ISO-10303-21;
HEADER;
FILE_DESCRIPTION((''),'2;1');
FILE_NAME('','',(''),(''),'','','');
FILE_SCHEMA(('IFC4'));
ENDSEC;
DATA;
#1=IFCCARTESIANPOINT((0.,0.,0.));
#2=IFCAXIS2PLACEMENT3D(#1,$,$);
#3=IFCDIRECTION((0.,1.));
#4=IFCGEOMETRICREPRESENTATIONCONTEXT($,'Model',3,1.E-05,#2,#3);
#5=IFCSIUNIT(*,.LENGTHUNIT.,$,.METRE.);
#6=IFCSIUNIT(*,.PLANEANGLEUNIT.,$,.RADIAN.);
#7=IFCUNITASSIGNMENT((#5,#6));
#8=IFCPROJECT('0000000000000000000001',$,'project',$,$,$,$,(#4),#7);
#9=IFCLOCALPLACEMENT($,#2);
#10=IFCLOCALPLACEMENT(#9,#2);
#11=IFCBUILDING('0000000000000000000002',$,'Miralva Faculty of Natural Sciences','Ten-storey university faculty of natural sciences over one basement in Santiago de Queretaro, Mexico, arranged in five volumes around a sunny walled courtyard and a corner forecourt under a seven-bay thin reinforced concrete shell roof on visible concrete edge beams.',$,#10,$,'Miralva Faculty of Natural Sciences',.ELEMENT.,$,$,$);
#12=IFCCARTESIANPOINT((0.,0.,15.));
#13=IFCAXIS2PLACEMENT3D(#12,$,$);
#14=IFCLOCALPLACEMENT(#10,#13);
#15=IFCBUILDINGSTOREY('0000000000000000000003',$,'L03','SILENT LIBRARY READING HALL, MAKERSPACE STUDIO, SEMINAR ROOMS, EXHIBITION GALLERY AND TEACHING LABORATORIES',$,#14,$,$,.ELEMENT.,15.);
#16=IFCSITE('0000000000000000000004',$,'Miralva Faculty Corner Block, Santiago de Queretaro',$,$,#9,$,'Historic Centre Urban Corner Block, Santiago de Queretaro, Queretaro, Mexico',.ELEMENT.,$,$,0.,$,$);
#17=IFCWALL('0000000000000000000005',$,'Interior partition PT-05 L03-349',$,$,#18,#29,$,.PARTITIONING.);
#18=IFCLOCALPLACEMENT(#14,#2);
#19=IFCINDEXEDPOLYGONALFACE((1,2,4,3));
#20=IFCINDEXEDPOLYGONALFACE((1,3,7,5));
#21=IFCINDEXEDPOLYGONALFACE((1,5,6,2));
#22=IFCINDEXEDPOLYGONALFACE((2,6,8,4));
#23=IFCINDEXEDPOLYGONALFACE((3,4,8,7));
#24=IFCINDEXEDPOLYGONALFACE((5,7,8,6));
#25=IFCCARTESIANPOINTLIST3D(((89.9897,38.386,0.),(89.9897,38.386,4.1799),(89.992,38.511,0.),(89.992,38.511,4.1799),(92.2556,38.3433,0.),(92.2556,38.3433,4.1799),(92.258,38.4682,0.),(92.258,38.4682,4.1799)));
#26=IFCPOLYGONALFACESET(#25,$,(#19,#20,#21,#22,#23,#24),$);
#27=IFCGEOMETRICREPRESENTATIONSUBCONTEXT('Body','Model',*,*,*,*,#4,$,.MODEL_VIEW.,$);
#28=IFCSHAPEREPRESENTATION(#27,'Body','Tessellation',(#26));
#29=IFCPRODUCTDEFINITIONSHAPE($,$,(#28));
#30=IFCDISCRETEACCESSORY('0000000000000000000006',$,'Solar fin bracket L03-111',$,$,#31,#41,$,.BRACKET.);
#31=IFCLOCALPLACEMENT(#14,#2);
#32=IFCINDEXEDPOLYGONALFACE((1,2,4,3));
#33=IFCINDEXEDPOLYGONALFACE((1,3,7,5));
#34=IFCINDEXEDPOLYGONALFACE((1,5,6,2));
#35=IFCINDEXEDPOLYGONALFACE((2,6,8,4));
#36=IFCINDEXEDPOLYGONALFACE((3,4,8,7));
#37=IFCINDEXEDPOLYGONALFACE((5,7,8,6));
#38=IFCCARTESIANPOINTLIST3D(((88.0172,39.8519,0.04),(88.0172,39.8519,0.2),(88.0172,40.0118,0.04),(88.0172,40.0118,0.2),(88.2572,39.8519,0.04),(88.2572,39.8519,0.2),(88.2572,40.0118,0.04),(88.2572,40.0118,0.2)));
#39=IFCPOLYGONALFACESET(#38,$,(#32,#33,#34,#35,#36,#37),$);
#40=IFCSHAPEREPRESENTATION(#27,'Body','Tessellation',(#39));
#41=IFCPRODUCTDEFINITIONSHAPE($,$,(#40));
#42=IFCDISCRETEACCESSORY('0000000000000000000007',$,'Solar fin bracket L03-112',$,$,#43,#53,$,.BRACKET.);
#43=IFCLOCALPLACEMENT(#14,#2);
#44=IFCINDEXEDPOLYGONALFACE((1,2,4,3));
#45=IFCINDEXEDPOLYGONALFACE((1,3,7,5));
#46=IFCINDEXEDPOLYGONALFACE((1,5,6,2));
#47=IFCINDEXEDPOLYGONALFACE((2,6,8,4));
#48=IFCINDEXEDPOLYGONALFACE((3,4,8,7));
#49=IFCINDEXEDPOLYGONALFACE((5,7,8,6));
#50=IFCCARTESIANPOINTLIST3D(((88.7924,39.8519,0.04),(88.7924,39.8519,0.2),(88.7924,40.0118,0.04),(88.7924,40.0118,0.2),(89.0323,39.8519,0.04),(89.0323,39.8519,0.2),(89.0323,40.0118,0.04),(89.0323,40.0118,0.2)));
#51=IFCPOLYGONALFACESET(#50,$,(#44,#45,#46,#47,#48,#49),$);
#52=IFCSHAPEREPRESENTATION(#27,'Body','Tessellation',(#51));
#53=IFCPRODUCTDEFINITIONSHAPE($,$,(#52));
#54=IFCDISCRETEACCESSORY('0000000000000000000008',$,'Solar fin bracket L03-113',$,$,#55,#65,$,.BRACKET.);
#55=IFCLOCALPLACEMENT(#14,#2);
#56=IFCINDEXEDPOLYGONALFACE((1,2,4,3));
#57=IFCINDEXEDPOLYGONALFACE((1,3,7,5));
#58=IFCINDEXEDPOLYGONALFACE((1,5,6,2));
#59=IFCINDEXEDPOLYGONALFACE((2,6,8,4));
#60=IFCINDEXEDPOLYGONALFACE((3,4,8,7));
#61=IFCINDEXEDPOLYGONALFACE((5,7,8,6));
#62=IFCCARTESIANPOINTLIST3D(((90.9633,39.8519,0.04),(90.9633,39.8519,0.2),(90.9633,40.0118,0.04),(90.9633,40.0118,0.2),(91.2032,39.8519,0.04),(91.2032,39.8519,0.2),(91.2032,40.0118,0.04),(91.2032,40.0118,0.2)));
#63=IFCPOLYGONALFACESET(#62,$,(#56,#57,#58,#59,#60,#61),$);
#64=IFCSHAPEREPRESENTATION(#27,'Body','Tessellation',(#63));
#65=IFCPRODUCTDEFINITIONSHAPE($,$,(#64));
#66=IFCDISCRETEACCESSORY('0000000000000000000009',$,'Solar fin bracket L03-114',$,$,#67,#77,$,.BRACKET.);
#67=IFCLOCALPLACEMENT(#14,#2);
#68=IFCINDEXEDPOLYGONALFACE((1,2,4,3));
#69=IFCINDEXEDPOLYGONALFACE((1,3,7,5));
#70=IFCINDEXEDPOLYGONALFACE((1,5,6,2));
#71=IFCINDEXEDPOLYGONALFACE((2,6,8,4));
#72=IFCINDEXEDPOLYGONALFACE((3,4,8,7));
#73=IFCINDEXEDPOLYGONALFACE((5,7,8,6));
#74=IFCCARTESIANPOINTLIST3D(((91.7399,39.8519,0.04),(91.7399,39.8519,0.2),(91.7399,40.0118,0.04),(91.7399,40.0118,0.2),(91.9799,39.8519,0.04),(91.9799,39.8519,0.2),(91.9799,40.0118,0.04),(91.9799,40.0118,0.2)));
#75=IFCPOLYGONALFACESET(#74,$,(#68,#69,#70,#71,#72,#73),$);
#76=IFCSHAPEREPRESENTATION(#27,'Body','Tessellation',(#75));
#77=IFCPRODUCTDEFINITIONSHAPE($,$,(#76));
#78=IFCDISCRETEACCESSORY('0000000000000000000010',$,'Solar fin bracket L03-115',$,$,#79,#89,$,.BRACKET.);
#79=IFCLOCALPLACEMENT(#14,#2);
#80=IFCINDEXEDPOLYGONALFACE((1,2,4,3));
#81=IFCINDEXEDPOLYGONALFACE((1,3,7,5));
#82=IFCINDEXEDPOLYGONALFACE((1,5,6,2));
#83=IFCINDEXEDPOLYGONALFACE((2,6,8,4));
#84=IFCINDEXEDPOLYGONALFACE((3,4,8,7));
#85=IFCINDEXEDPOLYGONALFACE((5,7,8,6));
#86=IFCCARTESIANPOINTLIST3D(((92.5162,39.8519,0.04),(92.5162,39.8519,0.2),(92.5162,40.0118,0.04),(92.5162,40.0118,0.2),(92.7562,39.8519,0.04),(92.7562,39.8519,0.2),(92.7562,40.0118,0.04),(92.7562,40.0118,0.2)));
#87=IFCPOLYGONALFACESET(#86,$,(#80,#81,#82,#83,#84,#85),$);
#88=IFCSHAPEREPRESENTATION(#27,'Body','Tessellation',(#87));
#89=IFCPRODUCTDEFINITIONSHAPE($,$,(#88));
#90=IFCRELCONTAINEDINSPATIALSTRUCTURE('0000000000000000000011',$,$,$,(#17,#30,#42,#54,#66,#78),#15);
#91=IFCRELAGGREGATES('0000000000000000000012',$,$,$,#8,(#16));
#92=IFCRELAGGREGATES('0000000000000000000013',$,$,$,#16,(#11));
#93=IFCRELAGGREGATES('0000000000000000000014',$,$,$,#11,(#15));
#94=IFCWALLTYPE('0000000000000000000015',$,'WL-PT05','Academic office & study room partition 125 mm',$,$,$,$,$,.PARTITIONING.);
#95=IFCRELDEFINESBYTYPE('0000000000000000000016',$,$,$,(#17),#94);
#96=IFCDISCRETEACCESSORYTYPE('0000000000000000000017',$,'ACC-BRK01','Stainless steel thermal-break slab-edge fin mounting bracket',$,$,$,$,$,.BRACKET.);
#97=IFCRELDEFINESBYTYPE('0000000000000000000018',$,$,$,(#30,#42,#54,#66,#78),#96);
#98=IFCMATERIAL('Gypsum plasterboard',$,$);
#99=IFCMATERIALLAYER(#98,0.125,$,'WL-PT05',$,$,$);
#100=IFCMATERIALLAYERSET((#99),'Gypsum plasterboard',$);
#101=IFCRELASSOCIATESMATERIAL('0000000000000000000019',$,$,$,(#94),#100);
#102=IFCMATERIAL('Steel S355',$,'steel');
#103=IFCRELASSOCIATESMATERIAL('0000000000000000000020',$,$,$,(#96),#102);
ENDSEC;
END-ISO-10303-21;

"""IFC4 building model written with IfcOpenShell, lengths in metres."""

from ifc_helpers import new_model, si_unit, direction, frame, frame_2d, origin, origin_2d, place, context, subcontext, project, spatial, rectangle, extrude, material, layer, layer_set, type_object, element, save


model = new_model("IFC4")

# Units and contexts
model_context = context("Model", 3, precision=1e-05, world=origin(), true_north=direction((0.0, 1.0)))
body_context = subcontext(model_context, "Body", "Model", "MODEL_VIEW")
ifc_project = project(units=[si_unit("LENGTHUNIT", "METRE"), si_unit("PLANEANGLEUNIT", "RADIAN")], contexts=[model_context])

# Site, building, storey
site_placement = place(None, origin())
site = spatial("IfcSite", under=ifc_project, at=site_placement, Name="Miralva Faculty Corner Block, Santiago de Queretaro", LongName="Historic Centre Urban Corner Block, Santiago de Queretaro, Queretaro, Mexico", CompositionType="ELEMENT", RefElevation=0.0)
building_placement = place(site_placement, origin())
building = spatial("IfcBuilding", under=site, at=building_placement, Name="Miralva Faculty of Natural Sciences", Description="Ten-storey university faculty of natural sciences over one basement in Santiago de Queretaro, Mexico, arranged in five volumes around a sunny walled courtyard and a corner forecourt under a seven-bay thin reinforced concrete shell roof on visible concrete edge beams.", LongName="Miralva Faculty of Natural Sciences", CompositionType="ELEMENT")
storey_placement = place(building_placement, frame((0.0, 0.0, 15.0)))
storey = spatial("IfcBuildingStorey", under=building, at=storey_placement, Name="L03", Description="SILENT LIBRARY READING HALL, MAKERSPACE STUDIO, SEMINAR ROOMS, EXHIBITION GALLERY AND TEACHING LABORATORIES", CompositionType="ELEMENT", Elevation=15.0)

# Wall
ifc_material_1 = material(Name="Gypsum plasterboard")
ifc_layer_1 = layer(ifc_material_1, 0.125, Name="WL-PT05")
ifc_layer_set_1 = layer_set([ifc_layer_1], Name="Gypsum plasterboard")
wall_type = type_object("IfcWallType", Name="WL-PT05", Description="Academic office & study room partition 125 mm", PredefinedType="PARTITIONING", material=ifc_layer_set_1)
wall_1_placement = place(storey_placement, frame((89.9907, 38.4485, 0.0), z_axis=(0.0, 0.0, 1.0), x_axis=(0.999822, -0.018852, 0.0)))
element("IfcWall", 1, at=wall_1_placement, inside=storey, type_object=wall_type, Name="Interior partition PT-05 L03-349", PredefinedType="PARTITIONING", context=body_context, shape_type="SweptSolid", body=[
    extrude(rectangle(XDim=2.2664, YDim=0.125, at=frame_2d((1.1333, 0.0))), origin(), (0.0, 0.0, 1.0), 4.1799),
])

# Discrete accessories
ifc_material_2 = material(Name="Steel S355", Category="steel")
discrete_accessory_type = type_object("IfcDiscreteAccessoryType", Name="ACC-BRK01", Description="Stainless steel thermal-break slab-edge fin mounting bracket", PredefinedType="BRACKET", material=ifc_material_2)
for number, where, z_axis, x_axis, name in (
    (2, (88.1372, 39.9319, 0.04), (0.0, 0.0, 1.0), (0.0, 1.0, 0.0), "Solar fin bracket L03-111"),
    (3, (88.9124, 39.9319, 0.04), (0.0, 0.0, 1.0), (0.0, 1.0, 0.0), "Solar fin bracket L03-112"),
    (4, (91.0833, 39.9319, 0.04), (0.0, 0.0, 1.0), (0.0, 1.0, 0.0), "Solar fin bracket L03-113"),
    (5, (91.8599, 39.9319, 0.04), (0.0, 0.0, 1.0), (0.0, 1.0, 0.0), "Solar fin bracket L03-114"),
    (6, (92.6362, 39.9319, 0.04), (0.0, 0.0, 1.0), (0.0, 1.0, 0.0), "Solar fin bracket L03-115"),
):
    element("IfcDiscreteAccessory", number, at=place(storey_placement, frame(where, z_axis=z_axis, x_axis=x_axis)), inside=storey, type_object=discrete_accessory_type, Name=name, PredefinedType="BRACKET", context=body_context, shape_type="SweptSolid", body=[
        extrude(rectangle(XDim=0.1599, YDim=0.24, at=origin_2d()), origin(), (0.0, 0.0, 1.0), 0.1599),
    ])

save(model, "model.ifc")
